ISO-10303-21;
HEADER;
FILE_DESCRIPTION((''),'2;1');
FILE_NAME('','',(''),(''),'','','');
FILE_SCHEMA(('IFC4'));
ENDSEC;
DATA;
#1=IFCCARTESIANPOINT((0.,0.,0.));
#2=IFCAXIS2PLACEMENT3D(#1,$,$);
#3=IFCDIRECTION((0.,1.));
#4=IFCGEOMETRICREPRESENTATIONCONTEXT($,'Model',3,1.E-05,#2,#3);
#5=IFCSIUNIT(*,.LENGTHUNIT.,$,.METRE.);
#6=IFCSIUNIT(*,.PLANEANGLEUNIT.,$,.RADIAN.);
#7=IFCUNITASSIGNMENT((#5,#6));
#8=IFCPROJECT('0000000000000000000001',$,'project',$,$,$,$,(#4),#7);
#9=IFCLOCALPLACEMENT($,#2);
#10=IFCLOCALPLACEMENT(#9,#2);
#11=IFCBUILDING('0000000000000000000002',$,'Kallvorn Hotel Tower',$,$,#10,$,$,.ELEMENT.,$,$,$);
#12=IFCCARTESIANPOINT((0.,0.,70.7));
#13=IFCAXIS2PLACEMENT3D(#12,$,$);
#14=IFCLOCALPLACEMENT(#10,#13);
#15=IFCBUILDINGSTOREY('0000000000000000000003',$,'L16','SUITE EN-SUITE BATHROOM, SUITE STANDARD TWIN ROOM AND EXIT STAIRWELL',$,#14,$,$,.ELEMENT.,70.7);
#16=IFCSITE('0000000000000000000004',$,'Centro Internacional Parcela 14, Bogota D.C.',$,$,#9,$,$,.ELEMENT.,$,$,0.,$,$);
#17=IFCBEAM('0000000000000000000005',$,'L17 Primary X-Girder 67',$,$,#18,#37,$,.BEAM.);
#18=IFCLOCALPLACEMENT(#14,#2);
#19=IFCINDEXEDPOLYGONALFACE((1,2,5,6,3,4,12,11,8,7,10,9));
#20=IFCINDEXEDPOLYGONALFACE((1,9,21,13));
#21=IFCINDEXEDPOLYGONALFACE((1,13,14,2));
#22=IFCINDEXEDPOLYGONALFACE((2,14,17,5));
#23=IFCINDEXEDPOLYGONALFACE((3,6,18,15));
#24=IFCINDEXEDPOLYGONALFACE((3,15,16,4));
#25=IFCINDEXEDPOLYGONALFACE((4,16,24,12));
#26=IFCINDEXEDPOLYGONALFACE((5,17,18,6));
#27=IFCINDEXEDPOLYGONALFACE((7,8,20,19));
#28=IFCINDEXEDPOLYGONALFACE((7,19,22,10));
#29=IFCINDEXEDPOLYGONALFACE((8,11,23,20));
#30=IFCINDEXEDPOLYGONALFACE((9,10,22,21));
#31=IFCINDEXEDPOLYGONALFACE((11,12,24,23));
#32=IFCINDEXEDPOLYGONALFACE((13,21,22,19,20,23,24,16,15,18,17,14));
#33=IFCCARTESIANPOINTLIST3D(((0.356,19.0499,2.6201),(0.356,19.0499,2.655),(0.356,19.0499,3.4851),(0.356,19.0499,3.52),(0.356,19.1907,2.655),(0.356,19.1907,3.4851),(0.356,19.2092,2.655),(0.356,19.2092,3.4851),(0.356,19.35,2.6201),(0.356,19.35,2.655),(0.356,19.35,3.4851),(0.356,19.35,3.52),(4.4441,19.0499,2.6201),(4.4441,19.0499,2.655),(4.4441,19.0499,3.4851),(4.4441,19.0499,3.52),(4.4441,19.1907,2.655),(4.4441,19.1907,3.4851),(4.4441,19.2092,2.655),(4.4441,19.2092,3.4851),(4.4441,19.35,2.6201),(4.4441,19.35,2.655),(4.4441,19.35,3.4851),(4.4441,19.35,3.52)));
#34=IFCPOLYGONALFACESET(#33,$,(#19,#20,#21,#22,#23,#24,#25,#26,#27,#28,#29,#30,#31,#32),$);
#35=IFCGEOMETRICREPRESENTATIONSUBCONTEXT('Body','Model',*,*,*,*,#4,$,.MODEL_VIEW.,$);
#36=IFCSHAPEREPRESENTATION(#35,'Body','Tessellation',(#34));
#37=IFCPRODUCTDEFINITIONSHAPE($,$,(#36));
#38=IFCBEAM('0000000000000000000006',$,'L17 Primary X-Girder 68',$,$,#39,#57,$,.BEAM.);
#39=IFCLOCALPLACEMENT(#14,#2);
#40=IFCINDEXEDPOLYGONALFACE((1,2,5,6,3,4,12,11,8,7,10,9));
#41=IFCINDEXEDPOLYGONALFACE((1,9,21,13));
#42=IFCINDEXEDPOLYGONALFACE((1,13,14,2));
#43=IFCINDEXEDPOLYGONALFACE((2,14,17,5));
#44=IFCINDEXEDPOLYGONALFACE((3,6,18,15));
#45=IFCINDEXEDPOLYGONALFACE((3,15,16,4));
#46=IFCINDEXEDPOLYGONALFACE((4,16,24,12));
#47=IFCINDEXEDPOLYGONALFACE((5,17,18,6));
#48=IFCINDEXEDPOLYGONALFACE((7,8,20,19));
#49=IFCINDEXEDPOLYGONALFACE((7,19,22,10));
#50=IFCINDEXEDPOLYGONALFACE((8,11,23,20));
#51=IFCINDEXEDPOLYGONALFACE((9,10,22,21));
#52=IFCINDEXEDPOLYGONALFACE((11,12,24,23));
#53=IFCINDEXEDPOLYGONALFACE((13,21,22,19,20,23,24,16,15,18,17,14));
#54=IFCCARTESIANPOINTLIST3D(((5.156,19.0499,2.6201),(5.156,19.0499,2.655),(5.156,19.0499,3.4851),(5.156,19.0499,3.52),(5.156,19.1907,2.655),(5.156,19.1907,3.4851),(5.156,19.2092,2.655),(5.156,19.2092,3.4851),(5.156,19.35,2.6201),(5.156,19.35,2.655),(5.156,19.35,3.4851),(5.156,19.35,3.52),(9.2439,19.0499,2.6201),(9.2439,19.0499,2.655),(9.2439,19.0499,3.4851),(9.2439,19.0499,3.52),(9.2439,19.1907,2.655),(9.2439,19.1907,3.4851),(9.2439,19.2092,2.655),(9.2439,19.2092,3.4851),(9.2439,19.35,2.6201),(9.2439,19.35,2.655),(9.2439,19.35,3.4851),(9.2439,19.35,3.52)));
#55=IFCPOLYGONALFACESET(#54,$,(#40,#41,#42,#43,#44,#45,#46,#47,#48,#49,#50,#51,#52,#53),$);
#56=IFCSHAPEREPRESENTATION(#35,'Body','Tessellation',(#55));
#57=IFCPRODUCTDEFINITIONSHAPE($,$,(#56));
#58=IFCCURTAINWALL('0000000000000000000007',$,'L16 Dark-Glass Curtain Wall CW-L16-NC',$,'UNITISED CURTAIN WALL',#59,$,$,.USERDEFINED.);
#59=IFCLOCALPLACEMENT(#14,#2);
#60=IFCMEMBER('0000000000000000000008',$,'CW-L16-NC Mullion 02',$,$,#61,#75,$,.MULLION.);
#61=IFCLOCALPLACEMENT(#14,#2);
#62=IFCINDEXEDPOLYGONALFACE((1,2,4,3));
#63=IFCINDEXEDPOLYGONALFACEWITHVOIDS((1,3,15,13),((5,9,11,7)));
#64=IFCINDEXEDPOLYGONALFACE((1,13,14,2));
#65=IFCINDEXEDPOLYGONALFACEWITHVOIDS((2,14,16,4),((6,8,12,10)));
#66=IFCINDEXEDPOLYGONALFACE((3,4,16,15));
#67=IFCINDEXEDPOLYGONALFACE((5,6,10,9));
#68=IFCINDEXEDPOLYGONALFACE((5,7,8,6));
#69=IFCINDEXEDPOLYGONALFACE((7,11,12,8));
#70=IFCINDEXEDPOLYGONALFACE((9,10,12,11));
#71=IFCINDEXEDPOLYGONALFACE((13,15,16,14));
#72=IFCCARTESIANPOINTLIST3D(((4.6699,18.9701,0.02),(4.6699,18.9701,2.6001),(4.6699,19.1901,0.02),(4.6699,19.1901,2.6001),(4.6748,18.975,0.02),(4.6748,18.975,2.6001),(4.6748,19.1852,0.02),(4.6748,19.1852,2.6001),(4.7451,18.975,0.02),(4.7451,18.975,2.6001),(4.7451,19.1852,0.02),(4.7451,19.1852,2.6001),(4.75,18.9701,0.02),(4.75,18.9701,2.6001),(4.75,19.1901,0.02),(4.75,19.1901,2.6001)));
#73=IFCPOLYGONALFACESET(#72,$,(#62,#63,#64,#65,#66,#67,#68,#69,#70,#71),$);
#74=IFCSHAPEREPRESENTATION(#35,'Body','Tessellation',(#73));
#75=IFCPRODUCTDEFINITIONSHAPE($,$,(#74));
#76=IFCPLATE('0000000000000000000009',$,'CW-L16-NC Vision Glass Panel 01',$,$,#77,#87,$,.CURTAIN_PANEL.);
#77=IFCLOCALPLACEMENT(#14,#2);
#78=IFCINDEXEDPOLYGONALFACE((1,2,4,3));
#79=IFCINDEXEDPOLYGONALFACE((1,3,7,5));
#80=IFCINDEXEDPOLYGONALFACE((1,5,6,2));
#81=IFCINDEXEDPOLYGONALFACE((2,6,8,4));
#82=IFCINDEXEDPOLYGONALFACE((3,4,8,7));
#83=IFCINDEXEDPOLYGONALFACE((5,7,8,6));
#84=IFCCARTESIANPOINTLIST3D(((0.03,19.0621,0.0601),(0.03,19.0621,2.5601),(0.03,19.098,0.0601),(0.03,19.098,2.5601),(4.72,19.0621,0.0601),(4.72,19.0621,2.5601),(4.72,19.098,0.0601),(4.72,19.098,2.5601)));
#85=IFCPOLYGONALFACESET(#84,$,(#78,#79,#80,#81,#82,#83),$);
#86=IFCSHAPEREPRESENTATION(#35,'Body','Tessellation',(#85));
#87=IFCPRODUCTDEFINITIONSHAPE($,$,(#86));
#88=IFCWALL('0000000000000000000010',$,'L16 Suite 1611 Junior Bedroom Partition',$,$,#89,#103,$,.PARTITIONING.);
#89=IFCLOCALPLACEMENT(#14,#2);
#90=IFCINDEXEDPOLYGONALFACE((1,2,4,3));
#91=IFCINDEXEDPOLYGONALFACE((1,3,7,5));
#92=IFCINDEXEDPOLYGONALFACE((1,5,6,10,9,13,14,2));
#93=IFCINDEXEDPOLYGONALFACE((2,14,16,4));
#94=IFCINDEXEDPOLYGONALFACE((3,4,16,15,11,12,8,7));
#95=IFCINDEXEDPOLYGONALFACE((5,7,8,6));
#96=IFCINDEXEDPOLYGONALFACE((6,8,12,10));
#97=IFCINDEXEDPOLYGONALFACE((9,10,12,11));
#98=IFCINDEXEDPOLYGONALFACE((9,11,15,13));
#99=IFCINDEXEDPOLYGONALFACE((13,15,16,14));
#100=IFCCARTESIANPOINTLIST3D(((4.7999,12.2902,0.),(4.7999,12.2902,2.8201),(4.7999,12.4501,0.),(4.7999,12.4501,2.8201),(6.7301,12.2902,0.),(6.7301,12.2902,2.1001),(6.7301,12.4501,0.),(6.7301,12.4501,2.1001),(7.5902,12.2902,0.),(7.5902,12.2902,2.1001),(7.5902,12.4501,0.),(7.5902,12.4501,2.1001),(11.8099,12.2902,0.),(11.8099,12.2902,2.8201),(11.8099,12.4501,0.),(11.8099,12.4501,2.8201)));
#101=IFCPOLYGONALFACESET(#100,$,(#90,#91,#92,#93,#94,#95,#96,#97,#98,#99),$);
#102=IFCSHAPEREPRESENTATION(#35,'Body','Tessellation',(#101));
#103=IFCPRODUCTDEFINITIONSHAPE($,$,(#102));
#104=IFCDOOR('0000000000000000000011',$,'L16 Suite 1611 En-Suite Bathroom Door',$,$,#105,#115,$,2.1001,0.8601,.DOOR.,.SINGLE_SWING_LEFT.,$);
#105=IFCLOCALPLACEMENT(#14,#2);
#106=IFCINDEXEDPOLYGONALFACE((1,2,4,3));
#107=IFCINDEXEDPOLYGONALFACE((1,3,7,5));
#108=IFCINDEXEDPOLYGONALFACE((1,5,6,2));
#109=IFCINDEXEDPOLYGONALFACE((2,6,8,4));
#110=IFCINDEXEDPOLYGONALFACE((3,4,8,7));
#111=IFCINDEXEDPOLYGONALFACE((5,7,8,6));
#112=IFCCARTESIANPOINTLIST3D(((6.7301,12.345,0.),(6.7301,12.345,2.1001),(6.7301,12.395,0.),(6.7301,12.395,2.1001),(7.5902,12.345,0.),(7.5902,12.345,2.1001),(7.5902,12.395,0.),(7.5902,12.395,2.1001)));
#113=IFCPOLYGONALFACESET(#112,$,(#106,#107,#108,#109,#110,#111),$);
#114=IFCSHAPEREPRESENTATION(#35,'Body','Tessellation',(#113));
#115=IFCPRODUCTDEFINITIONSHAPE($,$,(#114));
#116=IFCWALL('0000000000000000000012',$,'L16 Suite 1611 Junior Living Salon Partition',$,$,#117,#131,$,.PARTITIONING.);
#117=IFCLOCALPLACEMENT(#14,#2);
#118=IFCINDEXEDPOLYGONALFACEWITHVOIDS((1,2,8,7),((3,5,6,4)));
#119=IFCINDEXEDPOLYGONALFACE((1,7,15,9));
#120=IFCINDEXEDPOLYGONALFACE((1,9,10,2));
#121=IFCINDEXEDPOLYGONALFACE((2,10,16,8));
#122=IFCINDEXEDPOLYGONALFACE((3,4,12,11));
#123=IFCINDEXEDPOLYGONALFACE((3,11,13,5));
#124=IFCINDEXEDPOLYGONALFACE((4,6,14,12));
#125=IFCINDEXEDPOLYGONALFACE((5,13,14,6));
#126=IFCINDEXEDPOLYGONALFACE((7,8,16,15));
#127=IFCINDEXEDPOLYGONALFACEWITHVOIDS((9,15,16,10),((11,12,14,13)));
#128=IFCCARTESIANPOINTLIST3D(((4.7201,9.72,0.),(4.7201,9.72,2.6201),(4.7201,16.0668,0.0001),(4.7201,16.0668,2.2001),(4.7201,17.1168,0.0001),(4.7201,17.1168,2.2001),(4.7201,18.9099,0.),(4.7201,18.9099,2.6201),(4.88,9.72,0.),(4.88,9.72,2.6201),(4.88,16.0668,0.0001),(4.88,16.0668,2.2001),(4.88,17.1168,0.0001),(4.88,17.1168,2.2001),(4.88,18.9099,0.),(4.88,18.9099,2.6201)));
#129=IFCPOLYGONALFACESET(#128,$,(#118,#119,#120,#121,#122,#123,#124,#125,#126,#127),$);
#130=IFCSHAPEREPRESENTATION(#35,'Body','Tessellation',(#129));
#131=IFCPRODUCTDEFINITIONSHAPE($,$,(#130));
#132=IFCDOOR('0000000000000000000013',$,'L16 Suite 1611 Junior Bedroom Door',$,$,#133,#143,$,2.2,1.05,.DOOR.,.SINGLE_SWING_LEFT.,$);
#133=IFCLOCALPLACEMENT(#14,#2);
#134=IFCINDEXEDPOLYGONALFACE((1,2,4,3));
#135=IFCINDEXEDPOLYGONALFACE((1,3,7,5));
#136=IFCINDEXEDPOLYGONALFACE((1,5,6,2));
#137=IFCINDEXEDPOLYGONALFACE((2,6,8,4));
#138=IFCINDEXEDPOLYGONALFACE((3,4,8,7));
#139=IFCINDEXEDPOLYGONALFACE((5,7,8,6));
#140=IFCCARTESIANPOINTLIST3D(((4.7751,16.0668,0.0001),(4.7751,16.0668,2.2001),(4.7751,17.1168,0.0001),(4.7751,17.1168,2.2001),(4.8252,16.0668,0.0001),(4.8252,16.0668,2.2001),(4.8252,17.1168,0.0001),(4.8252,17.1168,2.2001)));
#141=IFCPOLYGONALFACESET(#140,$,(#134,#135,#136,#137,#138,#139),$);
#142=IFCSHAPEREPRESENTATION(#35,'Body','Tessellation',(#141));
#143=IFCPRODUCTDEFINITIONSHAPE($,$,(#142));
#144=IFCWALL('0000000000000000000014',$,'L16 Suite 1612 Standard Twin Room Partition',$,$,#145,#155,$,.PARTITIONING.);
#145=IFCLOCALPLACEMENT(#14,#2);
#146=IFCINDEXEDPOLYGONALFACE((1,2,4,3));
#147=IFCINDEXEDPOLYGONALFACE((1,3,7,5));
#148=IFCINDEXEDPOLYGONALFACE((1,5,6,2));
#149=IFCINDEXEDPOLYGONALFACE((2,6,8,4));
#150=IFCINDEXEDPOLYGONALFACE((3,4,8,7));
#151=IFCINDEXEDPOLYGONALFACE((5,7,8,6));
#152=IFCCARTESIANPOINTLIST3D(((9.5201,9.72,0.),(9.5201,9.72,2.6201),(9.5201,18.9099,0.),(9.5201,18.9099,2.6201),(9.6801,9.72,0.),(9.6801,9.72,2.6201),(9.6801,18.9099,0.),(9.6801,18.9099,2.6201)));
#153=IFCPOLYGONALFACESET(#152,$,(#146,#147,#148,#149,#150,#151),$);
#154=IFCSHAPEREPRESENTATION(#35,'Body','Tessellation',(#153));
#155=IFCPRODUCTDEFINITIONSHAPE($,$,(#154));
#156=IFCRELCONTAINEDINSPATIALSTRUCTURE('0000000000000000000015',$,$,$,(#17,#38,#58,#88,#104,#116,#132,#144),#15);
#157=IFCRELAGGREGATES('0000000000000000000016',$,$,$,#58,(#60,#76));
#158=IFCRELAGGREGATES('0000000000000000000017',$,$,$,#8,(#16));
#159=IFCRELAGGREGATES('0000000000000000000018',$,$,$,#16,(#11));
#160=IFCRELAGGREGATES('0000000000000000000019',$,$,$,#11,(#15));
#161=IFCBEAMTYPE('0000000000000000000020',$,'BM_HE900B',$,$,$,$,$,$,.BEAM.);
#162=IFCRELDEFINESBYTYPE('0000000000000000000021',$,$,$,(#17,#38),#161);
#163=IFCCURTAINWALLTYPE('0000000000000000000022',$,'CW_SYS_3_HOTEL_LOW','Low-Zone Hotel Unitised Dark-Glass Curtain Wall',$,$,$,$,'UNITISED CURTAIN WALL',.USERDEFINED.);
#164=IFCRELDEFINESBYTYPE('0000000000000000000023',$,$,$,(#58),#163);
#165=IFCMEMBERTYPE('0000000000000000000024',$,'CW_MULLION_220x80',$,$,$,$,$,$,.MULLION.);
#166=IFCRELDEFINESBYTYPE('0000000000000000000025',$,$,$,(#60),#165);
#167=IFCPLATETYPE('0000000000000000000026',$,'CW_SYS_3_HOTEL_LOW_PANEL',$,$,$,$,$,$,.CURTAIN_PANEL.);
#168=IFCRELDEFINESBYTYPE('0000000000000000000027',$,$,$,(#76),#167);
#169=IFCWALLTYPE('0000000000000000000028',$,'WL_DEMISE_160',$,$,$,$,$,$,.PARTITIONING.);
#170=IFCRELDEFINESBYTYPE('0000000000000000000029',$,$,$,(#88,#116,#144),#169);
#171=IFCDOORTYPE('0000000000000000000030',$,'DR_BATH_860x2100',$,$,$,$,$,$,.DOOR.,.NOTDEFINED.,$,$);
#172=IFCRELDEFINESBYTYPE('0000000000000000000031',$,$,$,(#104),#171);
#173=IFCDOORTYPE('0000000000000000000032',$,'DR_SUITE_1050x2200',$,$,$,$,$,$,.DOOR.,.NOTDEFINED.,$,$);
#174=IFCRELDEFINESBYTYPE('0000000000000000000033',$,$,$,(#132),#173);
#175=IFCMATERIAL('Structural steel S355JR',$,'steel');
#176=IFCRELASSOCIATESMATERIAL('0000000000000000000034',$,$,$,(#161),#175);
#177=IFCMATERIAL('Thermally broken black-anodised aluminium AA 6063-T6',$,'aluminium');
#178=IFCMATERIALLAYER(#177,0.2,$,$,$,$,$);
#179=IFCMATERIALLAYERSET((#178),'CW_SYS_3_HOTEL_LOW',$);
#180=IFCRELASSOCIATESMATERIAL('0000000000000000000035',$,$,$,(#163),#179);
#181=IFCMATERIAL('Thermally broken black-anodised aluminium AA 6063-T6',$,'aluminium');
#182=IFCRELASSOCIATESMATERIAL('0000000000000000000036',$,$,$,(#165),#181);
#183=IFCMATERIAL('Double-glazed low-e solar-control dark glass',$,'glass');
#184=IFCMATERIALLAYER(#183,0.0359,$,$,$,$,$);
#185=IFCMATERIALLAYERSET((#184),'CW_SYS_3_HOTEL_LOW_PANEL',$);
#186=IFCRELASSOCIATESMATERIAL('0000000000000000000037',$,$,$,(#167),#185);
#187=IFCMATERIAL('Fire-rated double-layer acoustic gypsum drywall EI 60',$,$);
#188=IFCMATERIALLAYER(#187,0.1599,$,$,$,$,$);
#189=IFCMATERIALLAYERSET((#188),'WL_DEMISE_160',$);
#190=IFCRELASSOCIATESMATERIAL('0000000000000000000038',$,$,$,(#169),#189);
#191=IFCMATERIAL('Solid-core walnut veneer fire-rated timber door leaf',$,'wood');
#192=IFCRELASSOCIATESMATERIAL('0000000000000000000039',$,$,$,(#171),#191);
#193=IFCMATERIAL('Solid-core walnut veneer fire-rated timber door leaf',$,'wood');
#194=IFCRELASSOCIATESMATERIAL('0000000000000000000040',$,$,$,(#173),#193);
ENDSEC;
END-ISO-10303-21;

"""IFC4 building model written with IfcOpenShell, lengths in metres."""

from ifc_helpers import new_model, si_unit, direction, frame, frame_2d, origin, origin_2d, place, context, subcontext, project, spatial, rectangle, hollow_rectangle, i_section, extrude, material, layer, layer_set, material_profile, profile_set, type_object, element, fill, aggregate, save


model = new_model("IFC4")

# Units and contexts
model_context = context("Model", 3, precision=1e-05, world=origin(), true_north=direction((0.0, 1.0)))
body_context = subcontext(model_context, "Body", "Model", "MODEL_VIEW")
ifc_project = project(units=[si_unit("LENGTHUNIT", "METRE"), si_unit("PLANEANGLEUNIT", "RADIAN")], contexts=[model_context])

# Site, building, storey
site_placement = place(None, origin())
site = spatial("IfcSite", under=ifc_project, at=site_placement, Name="Centro Internacional Parcela 14, Bogota D.C.", CompositionType="ELEMENT", RefElevation=0.0)
building_placement = place(site_placement, origin())
building = spatial("IfcBuilding", under=site, at=building_placement, Name="Kallvorn Hotel Tower", CompositionType="ELEMENT")
storey_placement = place(building_placement, frame((0.0, 0.0, 70.7)))
storey = spatial("IfcBuildingStorey", under=building, at=storey_placement, Name="L16", Description="SUITE EN-SUITE BATHROOM, SUITE STANDARD TWIN ROOM AND EXIT STAIRWELL", CompositionType="ELEMENT", Elevation=70.7)

# Beams
ifc_material_1 = material(Name="Structural steel S355JR", Category="steel")
ifc_material_profile_1 = material_profile(ifc_material_1, i_section(OverallWidth=0.3, OverallDepth=0.8999, WebThickness=0.0186, FlangeThickness=0.0349, at=origin_2d()), Name="HE 900 B")
ifc_profile_set_1 = profile_set([ifc_material_profile_1], Name="Structural steel S355JR")
beam_type_1 = type_object("IfcBeamType", Name="BM_HE900B", PredefinedType="BEAM", material=ifc_profile_set_1)
beam_1_placement = place(storey_placement, frame((0.356, 19.2, 3.0701), z_axis=(1.0, 0.0, 0.0), x_axis=(0.0, 1.0, 0.0)))
element("IfcBeam", 1, at=beam_1_placement, inside=storey, type_object=beam_type_1, Name="L17 Primary X-Girder 67", PredefinedType="BEAM", context=body_context, shape_type="SweptSolid", body=[
    extrude(i_section(OverallWidth=0.3, OverallDepth=0.8999, WebThickness=0.0186, FlangeThickness=0.0349, at=origin_2d()), origin(), (0.0, 0.0, 1.0), 4.0881),
])
beam_2_placement = place(storey_placement, frame((5.156, 19.2, 3.0701), z_axis=(1.0, 0.0, 0.0), x_axis=(0.0, 1.0, 0.0)))
element("IfcBeam", 2, at=beam_2_placement, inside=storey, type_object=beam_type_1, Name="L17 Primary X-Girder 68", PredefinedType="BEAM", context=body_context, shape_type="SweptSolid", body=[
    extrude(i_section(OverallWidth=0.3, OverallDepth=0.8999, WebThickness=0.0186, FlangeThickness=0.0349, at=origin_2d()), origin(), (0.0, 0.0, 1.0), 4.0879),
])

# Curtain wall, member, plate
ifc_material_2 = material(Name="Thermally broken black-anodised aluminium AA 6063-T6", Category="aluminium")
ifc_layer_1 = layer(ifc_material_2, 0.2)
ifc_layer_set_1 = layer_set([ifc_layer_1], Name="CW_SYS_3_HOTEL_LOW")
curtain_wall_type = type_object("IfcCurtainWallType", Name="CW_SYS_3_HOTEL_LOW", Description="Low-Zone Hotel Unitised Dark-Glass Curtain Wall", ElementType="UNITISED CURTAIN WALL", PredefinedType="USERDEFINED", material=ifc_layer_set_1)
curtain_wall_placement = place(storey_placement, origin())
curtain_wall = element("IfcCurtainWall", 3, at=curtain_wall_placement, inside=storey, type_object=curtain_wall_type, Name="L16 Dark-Glass Curtain Wall CW-L16-NC", ObjectType="UNITISED CURTAIN WALL", PredefinedType="USERDEFINED")
ifc_material_3 = material(Name="Thermally broken black-anodised aluminium AA 6063-T6", Category="aluminium")
ifc_material_profile_2 = material_profile(ifc_material_3, hollow_rectangle(XDim=0.0801, YDim=0.22, WallThickness=0.0049, at=origin_2d()), Name="MUL 220x80")
ifc_profile_set_2 = profile_set([ifc_material_profile_2], Name="Thermally broken black-anodised aluminium AA 6063-T6")
member_type = type_object("IfcMemberType", Name="CW_MULLION_220x80", PredefinedType="MULLION", material=ifc_profile_set_2)
member_placement = place(storey_placement, frame((4.71, 19.0801, 0.02), z_axis=(0.0, 0.0, 1.0), x_axis=(1.0, 0.0, 0.0)))
member = element("IfcMember", 4, at=member_placement, type_object=member_type, Name="CW-L16-NC Mullion 02", PredefinedType="MULLION", context=body_context, shape_type="SweptSolid", body=[
    extrude(hollow_rectangle(XDim=0.0801, YDim=0.22, WallThickness=0.0049, at=origin_2d()), origin(), (0.0, 0.0, 1.0), 2.5801),
])
ifc_material_4 = material(Name="Double-glazed low-e solar-control dark glass", Category="glass")
ifc_layer_2 = layer(ifc_material_4, 0.0359)
ifc_layer_set_2 = layer_set([ifc_layer_2], Name="CW_SYS_3_HOTEL_LOW_PANEL")
plate_type = type_object("IfcPlateType", Name="CW_SYS_3_HOTEL_LOW_PANEL", PredefinedType="CURTAIN_PANEL", material=ifc_layer_set_2)
plate_placement = place(storey_placement, frame((2.375, 19.0801, 0.0601), z_axis=(0.0, 0.0, 1.0), x_axis=(1.0, 0.0, 0.0)))
plate = element("IfcPlate", 5, at=plate_placement, type_object=plate_type, Name="CW-L16-NC Vision Glass Panel 01", PredefinedType="CURTAIN_PANEL", context=body_context, shape_type="SweptSolid", body=[
    extrude(rectangle(XDim=4.6899, YDim=0.0359, at=origin_2d()), origin(), (0.0, 0.0, 1.0), 2.5),
])
aggregate(curtain_wall, [member, plate])

# Walls, openings, doors
ifc_material_5 = material(Name="Fire-rated double-layer acoustic gypsum drywall EI 60")
ifc_layer_3 = layer(ifc_material_5, 0.1599)
ifc_layer_set_3 = layer_set([ifc_layer_3], Name="WL_DEMISE_160")
wall_type_1 = type_object("IfcWallType", Name="WL_DEMISE_160", PredefinedType="PARTITIONING", material=ifc_layer_set_3)
wall_1_placement = place(storey_placement, frame((4.8, 12.3701, 0.0), z_axis=(0.0, 0.0, 1.0), x_axis=(1.0, 0.0, 0.0)))
wall_1 = element("IfcWall", 6, at=wall_1_placement, inside=storey, type_object=wall_type_1, Name="L16 Suite 1611 Junior Bedroom Partition", PredefinedType="PARTITIONING", context=body_context, shape_type="SweptSolid", body=[
    extrude(rectangle(XDim=7.01, YDim=0.1599, at=frame_2d((3.5049, 0.0))), origin(), (0.0, 0.0, 1.0), 2.8201),
])
opening_1_placement = place(wall_1_placement, frame((1.9299, 0.0, 0.0)))
opening_1 = element("IfcOpeningElement", 7, at=opening_1_placement, cuts=wall_1, PredefinedType="OPENING", context=body_context, shape_type="SweptSolid", body=[
    extrude(rectangle(XDim=0.8601, YDim=2.1001, at=frame_2d((0.4302, 1.05))), frame((0.0, 0.095, 0.0), z_axis=(0.0, -1.0, 0.0), x_axis=(1.0, 0.0, 0.0)), (0.0, 0.0, 1.0), 0.1899),
])
ifc_material_6 = material(Name="Solid-core walnut veneer fire-rated timber door leaf", Category="wood")
door_type_1 = type_object("IfcDoorType", Name="DR_BATH_860x2100", OperationType="NOTDEFINED", PredefinedType="DOOR", material=ifc_material_6)
door_1_placement = place(opening_1_placement, origin())
door_1 = element("IfcDoor", 8, at=door_1_placement, inside=storey, type_object=door_type_1, Name="L16 Suite 1611 En-Suite Bathroom Door", OperationType="SINGLE_SWING_LEFT", OverallHeight=2.1001, OverallWidth=0.8601, PredefinedType="DOOR", context=body_context, shape_type="SweptSolid", body=[
    extrude(rectangle(XDim=0.8601, YDim=2.1001, at=frame_2d((0.4302, 1.05))), frame((0.0, 0.0249, 0.0), z_axis=(0.0, -1.0, 0.0), x_axis=(1.0, 0.0, 0.0)), (0.0, 0.0, 1.0), 0.05),
])
fill(opening_1, door_1)
wall_2_placement = place(storey_placement, frame((4.8, 9.72, 0.0), z_axis=(0.0, 0.0, 1.0), x_axis=(0.0, 1.0, 0.0)))
wall_2 = element("IfcWall", 9, at=wall_2_placement, inside=storey, type_object=wall_type_1, Name="L16 Suite 1611 Junior Living Salon Partition", PredefinedType="PARTITIONING", context=body_context, shape_type="SweptSolid", body=[
    extrude(rectangle(XDim=9.1899, YDim=0.1599, at=frame_2d((4.595, 0.0))), origin(), (0.0, 0.0, 1.0), 2.6201),
])
opening_2_placement = place(wall_2_placement, frame((6.3469, 0.0, 0.0)))
opening_2 = element("IfcOpeningElement", 10, at=opening_2_placement, cuts=wall_2, PredefinedType="OPENING", context=body_context, shape_type="SweptSolid", body=[
    extrude(rectangle(XDim=1.05, YDim=2.2, at=frame_2d((0.5249, 1.1001))), frame((0.0, 0.095, 0.0), z_axis=(0.0, -1.0, 0.0), x_axis=(1.0, 0.0, 0.0)), (0.0, 0.0, 1.0), 0.1899),
])
ifc_material_7 = material(Name="Solid-core walnut veneer fire-rated timber door leaf", Category="wood")
door_type_2 = type_object("IfcDoorType", Name="DR_SUITE_1050x2200", OperationType="NOTDEFINED", PredefinedType="DOOR", material=ifc_material_7)
door_2_placement = place(opening_2_placement, origin())
door_2 = element("IfcDoor", 11, at=door_2_placement, inside=storey, type_object=door_type_2, Name="L16 Suite 1611 Junior Bedroom Door", OperationType="SINGLE_SWING_LEFT", OverallHeight=2.2, OverallWidth=1.05, PredefinedType="DOOR", context=body_context, shape_type="SweptSolid", body=[
    extrude(rectangle(XDim=1.05, YDim=2.2, at=frame_2d((0.5249, 1.1001))), frame((0.0, 0.0249, 0.0), z_axis=(0.0, -1.0, 0.0), x_axis=(1.0, 0.0, 0.0)), (0.0, 0.0, 1.0), 0.05),
])
fill(opening_2, door_2)

# Wall
wall_3_placement = place(storey_placement, frame((9.6001, 9.72, 0.0), z_axis=(0.0, 0.0, 1.0), x_axis=(0.0, 1.0, 0.0)))
element("IfcWall", 12, at=wall_3_placement, inside=storey, type_object=wall_type_1, Name="L16 Suite 1612 Standard Twin Room Partition", PredefinedType="PARTITIONING", context=body_context, shape_type="SweptSolid", body=[
    extrude(rectangle(XDim=9.1899, YDim=0.1599, at=frame_2d((4.595, 0.0))), origin(), (0.0, 0.0, 1.0), 2.6201),
])

save(model, "model.ifc")
